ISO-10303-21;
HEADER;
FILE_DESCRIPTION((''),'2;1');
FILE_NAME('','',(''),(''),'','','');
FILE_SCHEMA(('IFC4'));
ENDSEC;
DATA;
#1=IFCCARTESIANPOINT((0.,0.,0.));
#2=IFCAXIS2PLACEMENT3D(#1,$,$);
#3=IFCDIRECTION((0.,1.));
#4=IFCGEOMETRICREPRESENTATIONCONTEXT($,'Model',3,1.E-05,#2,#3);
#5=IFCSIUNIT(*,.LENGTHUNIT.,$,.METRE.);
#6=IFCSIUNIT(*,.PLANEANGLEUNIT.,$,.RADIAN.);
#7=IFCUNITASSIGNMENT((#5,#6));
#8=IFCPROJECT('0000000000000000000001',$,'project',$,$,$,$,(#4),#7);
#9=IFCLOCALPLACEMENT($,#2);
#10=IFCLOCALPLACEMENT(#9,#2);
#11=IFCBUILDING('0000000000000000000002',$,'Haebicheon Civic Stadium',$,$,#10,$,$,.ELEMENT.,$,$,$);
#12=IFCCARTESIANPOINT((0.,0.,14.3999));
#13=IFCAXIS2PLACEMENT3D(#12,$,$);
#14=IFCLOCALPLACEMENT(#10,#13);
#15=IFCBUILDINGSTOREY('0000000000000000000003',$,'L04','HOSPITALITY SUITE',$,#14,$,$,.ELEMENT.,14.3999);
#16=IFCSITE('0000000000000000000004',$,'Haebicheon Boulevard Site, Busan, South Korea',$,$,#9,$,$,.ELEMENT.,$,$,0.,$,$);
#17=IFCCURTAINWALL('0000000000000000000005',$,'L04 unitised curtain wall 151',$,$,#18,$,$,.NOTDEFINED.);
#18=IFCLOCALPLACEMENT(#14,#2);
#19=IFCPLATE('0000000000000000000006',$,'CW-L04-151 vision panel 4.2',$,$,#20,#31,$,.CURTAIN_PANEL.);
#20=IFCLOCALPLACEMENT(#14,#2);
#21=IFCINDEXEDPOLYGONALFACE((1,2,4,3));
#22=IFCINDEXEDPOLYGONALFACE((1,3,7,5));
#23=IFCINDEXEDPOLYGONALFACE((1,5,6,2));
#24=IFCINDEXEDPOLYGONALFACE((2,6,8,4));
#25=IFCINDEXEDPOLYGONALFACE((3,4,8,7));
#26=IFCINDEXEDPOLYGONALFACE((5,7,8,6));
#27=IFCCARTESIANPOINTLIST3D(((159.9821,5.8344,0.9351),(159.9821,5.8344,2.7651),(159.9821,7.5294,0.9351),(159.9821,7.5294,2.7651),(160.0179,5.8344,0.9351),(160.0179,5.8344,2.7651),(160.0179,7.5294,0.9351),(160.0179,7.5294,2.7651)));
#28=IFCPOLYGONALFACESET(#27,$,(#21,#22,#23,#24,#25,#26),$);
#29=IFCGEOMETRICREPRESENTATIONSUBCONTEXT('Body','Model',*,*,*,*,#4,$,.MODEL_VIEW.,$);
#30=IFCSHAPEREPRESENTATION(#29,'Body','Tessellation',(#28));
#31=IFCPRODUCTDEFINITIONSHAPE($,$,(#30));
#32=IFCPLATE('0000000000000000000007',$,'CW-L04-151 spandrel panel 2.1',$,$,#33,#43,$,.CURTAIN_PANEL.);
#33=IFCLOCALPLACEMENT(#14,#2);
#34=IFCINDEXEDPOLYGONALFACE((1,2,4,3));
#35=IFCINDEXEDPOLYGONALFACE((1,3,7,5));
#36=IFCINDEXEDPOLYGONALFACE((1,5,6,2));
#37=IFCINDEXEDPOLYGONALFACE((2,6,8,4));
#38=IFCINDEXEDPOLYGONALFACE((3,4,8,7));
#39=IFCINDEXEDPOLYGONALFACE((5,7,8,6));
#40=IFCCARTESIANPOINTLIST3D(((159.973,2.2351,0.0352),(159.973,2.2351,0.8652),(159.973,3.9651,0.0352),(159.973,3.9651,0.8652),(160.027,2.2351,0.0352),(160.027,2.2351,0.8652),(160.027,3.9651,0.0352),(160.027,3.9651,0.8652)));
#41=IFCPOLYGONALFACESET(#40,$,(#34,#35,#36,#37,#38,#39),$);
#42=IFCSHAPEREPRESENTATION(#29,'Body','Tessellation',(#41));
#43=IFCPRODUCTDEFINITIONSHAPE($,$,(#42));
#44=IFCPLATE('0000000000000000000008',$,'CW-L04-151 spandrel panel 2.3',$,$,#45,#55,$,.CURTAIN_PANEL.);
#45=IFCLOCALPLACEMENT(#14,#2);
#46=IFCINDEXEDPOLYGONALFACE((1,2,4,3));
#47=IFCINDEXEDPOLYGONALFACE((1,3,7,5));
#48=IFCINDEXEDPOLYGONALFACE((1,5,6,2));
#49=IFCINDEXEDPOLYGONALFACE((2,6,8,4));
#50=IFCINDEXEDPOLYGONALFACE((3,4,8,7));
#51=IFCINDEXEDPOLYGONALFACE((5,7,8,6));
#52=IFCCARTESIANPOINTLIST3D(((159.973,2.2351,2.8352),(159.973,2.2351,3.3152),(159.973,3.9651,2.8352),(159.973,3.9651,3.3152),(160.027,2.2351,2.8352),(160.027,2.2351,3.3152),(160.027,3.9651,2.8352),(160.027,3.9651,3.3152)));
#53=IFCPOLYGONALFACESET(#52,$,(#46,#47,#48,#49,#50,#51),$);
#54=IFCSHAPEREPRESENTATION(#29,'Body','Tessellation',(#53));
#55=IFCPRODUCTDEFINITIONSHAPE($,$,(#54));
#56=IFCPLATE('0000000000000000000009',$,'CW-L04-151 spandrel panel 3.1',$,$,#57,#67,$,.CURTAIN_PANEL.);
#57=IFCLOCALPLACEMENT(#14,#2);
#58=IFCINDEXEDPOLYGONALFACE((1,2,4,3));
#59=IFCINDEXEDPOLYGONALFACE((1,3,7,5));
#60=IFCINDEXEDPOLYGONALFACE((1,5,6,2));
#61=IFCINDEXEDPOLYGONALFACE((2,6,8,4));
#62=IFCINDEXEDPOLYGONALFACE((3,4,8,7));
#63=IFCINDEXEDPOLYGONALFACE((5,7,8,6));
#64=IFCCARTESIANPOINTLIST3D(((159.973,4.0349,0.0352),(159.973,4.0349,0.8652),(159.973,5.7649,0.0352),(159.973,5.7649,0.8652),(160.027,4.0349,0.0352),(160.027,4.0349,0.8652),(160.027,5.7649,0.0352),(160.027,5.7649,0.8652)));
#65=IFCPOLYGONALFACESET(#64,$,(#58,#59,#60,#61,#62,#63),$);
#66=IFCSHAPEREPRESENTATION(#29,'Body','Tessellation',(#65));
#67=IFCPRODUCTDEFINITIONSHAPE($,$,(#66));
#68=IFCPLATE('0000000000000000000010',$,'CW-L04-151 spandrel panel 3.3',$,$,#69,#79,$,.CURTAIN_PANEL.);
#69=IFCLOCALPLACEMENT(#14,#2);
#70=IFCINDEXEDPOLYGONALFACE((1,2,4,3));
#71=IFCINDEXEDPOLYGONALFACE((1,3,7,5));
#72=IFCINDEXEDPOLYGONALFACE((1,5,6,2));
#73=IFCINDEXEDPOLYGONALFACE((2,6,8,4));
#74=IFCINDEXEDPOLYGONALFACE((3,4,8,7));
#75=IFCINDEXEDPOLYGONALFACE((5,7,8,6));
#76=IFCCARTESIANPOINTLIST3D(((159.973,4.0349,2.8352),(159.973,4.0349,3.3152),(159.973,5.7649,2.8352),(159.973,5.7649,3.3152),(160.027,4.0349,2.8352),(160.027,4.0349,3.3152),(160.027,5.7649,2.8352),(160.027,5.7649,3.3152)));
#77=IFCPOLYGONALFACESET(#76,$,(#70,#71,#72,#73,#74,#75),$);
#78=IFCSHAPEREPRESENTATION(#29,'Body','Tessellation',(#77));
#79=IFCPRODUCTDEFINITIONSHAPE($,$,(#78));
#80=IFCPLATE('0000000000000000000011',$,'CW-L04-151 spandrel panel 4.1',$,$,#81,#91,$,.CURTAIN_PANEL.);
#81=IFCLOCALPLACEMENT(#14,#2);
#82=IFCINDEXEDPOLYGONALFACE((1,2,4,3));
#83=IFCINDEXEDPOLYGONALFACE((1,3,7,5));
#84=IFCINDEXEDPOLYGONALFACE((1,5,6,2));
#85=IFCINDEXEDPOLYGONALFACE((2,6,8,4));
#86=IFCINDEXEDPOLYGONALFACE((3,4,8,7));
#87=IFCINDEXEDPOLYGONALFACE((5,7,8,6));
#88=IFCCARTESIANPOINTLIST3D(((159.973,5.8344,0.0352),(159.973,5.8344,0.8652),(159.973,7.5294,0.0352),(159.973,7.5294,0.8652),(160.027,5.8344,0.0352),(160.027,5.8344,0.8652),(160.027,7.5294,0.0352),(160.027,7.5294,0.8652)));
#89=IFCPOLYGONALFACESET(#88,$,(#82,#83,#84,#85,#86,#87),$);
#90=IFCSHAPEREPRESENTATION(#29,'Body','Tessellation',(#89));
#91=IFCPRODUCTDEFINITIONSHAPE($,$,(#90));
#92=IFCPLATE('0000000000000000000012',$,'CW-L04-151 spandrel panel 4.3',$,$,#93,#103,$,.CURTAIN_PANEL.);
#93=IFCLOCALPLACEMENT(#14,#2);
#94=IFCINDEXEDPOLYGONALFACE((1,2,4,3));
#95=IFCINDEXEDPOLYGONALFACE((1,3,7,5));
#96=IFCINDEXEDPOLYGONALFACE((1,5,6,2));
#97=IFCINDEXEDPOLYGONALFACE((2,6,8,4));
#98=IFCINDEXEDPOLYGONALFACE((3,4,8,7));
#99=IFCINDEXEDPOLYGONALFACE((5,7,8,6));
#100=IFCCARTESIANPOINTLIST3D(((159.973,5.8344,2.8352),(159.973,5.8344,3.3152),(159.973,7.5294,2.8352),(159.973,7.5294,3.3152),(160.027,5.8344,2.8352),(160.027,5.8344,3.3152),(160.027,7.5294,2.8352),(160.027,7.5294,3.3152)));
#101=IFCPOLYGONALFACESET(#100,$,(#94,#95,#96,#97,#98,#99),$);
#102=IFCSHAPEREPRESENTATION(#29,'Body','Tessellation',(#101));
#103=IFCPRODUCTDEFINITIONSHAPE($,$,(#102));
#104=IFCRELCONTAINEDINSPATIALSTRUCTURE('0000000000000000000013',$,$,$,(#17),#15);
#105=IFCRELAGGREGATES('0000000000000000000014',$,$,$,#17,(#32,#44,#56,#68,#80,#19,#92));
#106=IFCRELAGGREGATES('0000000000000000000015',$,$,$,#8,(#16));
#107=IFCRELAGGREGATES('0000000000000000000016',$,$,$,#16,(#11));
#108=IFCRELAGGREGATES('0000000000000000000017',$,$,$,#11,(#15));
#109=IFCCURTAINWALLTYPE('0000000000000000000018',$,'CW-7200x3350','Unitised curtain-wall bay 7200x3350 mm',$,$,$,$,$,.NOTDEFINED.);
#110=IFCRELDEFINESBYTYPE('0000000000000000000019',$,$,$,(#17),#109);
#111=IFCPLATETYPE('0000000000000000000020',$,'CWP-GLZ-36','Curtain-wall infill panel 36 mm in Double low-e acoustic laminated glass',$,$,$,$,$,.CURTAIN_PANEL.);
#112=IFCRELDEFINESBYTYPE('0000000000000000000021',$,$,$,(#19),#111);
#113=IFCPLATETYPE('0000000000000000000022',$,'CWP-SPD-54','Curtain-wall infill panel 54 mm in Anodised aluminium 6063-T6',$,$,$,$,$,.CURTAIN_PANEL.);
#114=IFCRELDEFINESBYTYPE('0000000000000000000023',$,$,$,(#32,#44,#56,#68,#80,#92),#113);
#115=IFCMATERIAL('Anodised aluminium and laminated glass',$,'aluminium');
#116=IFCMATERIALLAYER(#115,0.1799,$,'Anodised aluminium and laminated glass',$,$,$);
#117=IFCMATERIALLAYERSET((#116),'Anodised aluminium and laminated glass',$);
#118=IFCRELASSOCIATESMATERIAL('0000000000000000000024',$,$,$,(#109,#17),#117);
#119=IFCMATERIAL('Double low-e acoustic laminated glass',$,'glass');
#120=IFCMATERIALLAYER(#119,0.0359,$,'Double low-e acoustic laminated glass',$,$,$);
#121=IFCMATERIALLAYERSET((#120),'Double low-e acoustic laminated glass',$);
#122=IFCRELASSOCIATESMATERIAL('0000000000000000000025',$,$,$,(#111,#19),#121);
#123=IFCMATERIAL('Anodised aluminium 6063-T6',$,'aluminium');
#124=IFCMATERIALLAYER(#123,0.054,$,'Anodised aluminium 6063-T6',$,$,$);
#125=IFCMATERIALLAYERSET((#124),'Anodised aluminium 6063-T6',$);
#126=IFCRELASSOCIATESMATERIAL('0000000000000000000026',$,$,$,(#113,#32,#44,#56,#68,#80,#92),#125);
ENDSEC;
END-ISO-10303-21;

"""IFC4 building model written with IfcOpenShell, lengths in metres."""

from ifc_helpers import new_model, si_unit, direction, frame, origin, origin_2d, place, context, subcontext, project, spatial, rectangle, extrude, material, layer, layer_set, type_object, element, aggregate, save


model = new_model("IFC4")

# Units and contexts
model_context = context("Model", 3, precision=1e-05, world=origin(), true_north=direction((0.0, 1.0)))
body_context = subcontext(model_context, "Body", "Model", "MODEL_VIEW")
ifc_project = project(units=[si_unit("LENGTHUNIT", "METRE"), si_unit("PLANEANGLEUNIT", "RADIAN")], contexts=[model_context])

# Site, building, storey
site_placement = place(None, origin())
site = spatial("IfcSite", under=ifc_project, at=site_placement, Name="Haebicheon Boulevard Site, Busan, South Korea", CompositionType="ELEMENT", RefElevation=0.0)
building_placement = place(site_placement, origin())
building = spatial("IfcBuilding", under=site, at=building_placement, Name="Haebicheon Civic Stadium", CompositionType="ELEMENT")
storey_placement = place(building_placement, frame((0.0, 0.0, 14.3999)))
storey = spatial("IfcBuildingStorey", under=building, at=storey_placement, Name="L04", Description="HOSPITALITY SUITE", CompositionType="ELEMENT", Elevation=14.3999)

# Curtain wall
ifc_material_1 = material(Name="Anodised aluminium and laminated glass", Category="aluminium")
ifc_layer_1 = layer(ifc_material_1, 0.1799, Name="Anodised aluminium and laminated glass")
ifc_layer_set_1 = layer_set([ifc_layer_1], Name="Anodised aluminium and laminated glass")
curtain_wall_type = type_object("IfcCurtainWallType", Name="CW-7200x3350", Description="Unitised curtain-wall bay 7200x3350 mm", PredefinedType="NOTDEFINED", material=ifc_layer_set_1)
curtain_wall_placement = place(storey_placement, origin())
curtain_wall = element("IfcCurtainWall", 1, at=curtain_wall_placement, inside=storey, type_object=curtain_wall_type, material=ifc_layer_set_1, Name="L04 unitised curtain wall 151", PredefinedType="NOTDEFINED")

# Plates
ifc_material_2 = material(Name="Double low-e acoustic laminated glass", Category="glass")
ifc_layer_2 = layer(ifc_material_2, 0.0359, Name="Double low-e acoustic laminated glass")
ifc_layer_set_2 = layer_set([ifc_layer_2], Name="Double low-e acoustic laminated glass")
plate_type_1 = type_object("IfcPlateType", Name="CWP-GLZ-36", Description="Curtain-wall infill panel 36 mm in Double low-e acoustic laminated glass", PredefinedType="CURTAIN_PANEL", material=ifc_layer_set_2)
plate_1_placement = place(storey_placement, frame((160.0, 6.6819, 0.9351), z_axis=(0.0, 0.0, 1.0), x_axis=(0.0, 1.0, 0.0)))
plate_1 = element("IfcPlate", 2, at=plate_1_placement, type_object=plate_type_1, material=ifc_layer_set_2, Name="CW-L04-151 vision panel 4.2", PredefinedType="CURTAIN_PANEL", context=body_context, shape_type="SweptSolid", body=[
    extrude(rectangle(XDim=1.6951, YDim=0.0359, at=origin_2d()), origin(), (0.0, 0.0, 1.0), 1.8301),
])
ifc_material_3 = material(Name="Anodised aluminium 6063-T6", Category="aluminium")
ifc_layer_3 = layer(ifc_material_3, 0.054, Name="Anodised aluminium 6063-T6")
ifc_layer_set_3 = layer_set([ifc_layer_3], Name="Anodised aluminium 6063-T6")
plate_type_2 = type_object("IfcPlateType", Name="CWP-SPD-54", Description="Curtain-wall infill panel 54 mm in Anodised aluminium 6063-T6", PredefinedType="CURTAIN_PANEL", material=ifc_layer_set_3)
plate_2_placement = place(storey_placement, frame((160.0, 3.1001, 0.0352), z_axis=(0.0, 0.0, 1.0), x_axis=(0.0, 1.0, 0.0)))
plate_2 = element("IfcPlate", 3, at=plate_2_placement, type_object=plate_type_2, material=ifc_layer_set_3, Name="CW-L04-151 spandrel panel 2.1", PredefinedType="CURTAIN_PANEL", context=body_context, shape_type="SweptSolid", body=[
    extrude(rectangle(XDim=1.73, YDim=0.054, at=origin_2d()), origin(), (0.0, 0.0, 1.0), 0.8301),
])
plate_3_placement = place(storey_placement, frame((160.0, 3.1001, 2.8352), z_axis=(0.0, 0.0, 1.0), x_axis=(0.0, 1.0, 0.0)))
plate_3 = element("IfcPlate", 4, at=plate_3_placement, type_object=plate_type_2, material=ifc_layer_set_3, Name="CW-L04-151 spandrel panel 2.3", PredefinedType="CURTAIN_PANEL", context=body_context, shape_type="SweptSolid", body=[
    extrude(rectangle(XDim=1.73, YDim=0.054, at=origin_2d()), origin(), (0.0, 0.0, 1.0), 0.48),
])
plate_4_placement = place(storey_placement, frame((160.0, 4.8999, 0.0352), z_axis=(0.0, 0.0, 1.0), x_axis=(0.0, 1.0, 0.0)))
plate_4 = element("IfcPlate", 5, at=plate_4_placement, type_object=plate_type_2, material=ifc_layer_set_3, Name="CW-L04-151 spandrel panel 3.1", PredefinedType="CURTAIN_PANEL", context=body_context, shape_type="SweptSolid", body=[
    extrude(rectangle(XDim=1.73, YDim=0.054, at=origin_2d()), origin(), (0.0, 0.0, 1.0), 0.8301),
])
plate_5_placement = place(storey_placement, frame((160.0, 4.8999, 2.8352), z_axis=(0.0, 0.0, 1.0), x_axis=(0.0, 1.0, 0.0)))
plate_5 = element("IfcPlate", 6, at=plate_5_placement, type_object=plate_type_2, material=ifc_layer_set_3, Name="CW-L04-151 spandrel panel 3.3", PredefinedType="CURTAIN_PANEL", context=body_context, shape_type="SweptSolid", body=[
    extrude(rectangle(XDim=1.73, YDim=0.054, at=origin_2d()), origin(), (0.0, 0.0, 1.0), 0.48),
])
plate_6_placement = place(storey_placement, frame((160.0, 6.6819, 0.0352), z_axis=(0.0, 0.0, 1.0), x_axis=(0.0, 1.0, 0.0)))
plate_6 = element("IfcPlate", 7, at=plate_6_placement, type_object=plate_type_2, material=ifc_layer_set_3, Name="CW-L04-151 spandrel panel 4.1", PredefinedType="CURTAIN_PANEL", context=body_context, shape_type="SweptSolid", body=[
    extrude(rectangle(XDim=1.6951, YDim=0.054, at=origin_2d()), origin(), (0.0, 0.0, 1.0), 0.8301),
])
plate_7_placement = place(storey_placement, frame((160.0, 6.6819, 2.8352), z_axis=(0.0, 0.0, 1.0), x_axis=(0.0, 1.0, 0.0)))
plate_7 = element("IfcPlate", 8, at=plate_7_placement, type_object=plate_type_2, material=ifc_layer_set_3, Name="CW-L04-151 spandrel panel 4.3", PredefinedType="CURTAIN_PANEL", context=body_context, shape_type="SweptSolid", body=[
    extrude(rectangle(XDim=1.6951, YDim=0.054, at=origin_2d()), origin(), (0.0, 0.0, 1.0), 0.48),
])
aggregate(curtain_wall, [plate_2, plate_3, plate_4, plate_5, plate_6, plate_1, plate_7])

save(model, "model.ifc")
